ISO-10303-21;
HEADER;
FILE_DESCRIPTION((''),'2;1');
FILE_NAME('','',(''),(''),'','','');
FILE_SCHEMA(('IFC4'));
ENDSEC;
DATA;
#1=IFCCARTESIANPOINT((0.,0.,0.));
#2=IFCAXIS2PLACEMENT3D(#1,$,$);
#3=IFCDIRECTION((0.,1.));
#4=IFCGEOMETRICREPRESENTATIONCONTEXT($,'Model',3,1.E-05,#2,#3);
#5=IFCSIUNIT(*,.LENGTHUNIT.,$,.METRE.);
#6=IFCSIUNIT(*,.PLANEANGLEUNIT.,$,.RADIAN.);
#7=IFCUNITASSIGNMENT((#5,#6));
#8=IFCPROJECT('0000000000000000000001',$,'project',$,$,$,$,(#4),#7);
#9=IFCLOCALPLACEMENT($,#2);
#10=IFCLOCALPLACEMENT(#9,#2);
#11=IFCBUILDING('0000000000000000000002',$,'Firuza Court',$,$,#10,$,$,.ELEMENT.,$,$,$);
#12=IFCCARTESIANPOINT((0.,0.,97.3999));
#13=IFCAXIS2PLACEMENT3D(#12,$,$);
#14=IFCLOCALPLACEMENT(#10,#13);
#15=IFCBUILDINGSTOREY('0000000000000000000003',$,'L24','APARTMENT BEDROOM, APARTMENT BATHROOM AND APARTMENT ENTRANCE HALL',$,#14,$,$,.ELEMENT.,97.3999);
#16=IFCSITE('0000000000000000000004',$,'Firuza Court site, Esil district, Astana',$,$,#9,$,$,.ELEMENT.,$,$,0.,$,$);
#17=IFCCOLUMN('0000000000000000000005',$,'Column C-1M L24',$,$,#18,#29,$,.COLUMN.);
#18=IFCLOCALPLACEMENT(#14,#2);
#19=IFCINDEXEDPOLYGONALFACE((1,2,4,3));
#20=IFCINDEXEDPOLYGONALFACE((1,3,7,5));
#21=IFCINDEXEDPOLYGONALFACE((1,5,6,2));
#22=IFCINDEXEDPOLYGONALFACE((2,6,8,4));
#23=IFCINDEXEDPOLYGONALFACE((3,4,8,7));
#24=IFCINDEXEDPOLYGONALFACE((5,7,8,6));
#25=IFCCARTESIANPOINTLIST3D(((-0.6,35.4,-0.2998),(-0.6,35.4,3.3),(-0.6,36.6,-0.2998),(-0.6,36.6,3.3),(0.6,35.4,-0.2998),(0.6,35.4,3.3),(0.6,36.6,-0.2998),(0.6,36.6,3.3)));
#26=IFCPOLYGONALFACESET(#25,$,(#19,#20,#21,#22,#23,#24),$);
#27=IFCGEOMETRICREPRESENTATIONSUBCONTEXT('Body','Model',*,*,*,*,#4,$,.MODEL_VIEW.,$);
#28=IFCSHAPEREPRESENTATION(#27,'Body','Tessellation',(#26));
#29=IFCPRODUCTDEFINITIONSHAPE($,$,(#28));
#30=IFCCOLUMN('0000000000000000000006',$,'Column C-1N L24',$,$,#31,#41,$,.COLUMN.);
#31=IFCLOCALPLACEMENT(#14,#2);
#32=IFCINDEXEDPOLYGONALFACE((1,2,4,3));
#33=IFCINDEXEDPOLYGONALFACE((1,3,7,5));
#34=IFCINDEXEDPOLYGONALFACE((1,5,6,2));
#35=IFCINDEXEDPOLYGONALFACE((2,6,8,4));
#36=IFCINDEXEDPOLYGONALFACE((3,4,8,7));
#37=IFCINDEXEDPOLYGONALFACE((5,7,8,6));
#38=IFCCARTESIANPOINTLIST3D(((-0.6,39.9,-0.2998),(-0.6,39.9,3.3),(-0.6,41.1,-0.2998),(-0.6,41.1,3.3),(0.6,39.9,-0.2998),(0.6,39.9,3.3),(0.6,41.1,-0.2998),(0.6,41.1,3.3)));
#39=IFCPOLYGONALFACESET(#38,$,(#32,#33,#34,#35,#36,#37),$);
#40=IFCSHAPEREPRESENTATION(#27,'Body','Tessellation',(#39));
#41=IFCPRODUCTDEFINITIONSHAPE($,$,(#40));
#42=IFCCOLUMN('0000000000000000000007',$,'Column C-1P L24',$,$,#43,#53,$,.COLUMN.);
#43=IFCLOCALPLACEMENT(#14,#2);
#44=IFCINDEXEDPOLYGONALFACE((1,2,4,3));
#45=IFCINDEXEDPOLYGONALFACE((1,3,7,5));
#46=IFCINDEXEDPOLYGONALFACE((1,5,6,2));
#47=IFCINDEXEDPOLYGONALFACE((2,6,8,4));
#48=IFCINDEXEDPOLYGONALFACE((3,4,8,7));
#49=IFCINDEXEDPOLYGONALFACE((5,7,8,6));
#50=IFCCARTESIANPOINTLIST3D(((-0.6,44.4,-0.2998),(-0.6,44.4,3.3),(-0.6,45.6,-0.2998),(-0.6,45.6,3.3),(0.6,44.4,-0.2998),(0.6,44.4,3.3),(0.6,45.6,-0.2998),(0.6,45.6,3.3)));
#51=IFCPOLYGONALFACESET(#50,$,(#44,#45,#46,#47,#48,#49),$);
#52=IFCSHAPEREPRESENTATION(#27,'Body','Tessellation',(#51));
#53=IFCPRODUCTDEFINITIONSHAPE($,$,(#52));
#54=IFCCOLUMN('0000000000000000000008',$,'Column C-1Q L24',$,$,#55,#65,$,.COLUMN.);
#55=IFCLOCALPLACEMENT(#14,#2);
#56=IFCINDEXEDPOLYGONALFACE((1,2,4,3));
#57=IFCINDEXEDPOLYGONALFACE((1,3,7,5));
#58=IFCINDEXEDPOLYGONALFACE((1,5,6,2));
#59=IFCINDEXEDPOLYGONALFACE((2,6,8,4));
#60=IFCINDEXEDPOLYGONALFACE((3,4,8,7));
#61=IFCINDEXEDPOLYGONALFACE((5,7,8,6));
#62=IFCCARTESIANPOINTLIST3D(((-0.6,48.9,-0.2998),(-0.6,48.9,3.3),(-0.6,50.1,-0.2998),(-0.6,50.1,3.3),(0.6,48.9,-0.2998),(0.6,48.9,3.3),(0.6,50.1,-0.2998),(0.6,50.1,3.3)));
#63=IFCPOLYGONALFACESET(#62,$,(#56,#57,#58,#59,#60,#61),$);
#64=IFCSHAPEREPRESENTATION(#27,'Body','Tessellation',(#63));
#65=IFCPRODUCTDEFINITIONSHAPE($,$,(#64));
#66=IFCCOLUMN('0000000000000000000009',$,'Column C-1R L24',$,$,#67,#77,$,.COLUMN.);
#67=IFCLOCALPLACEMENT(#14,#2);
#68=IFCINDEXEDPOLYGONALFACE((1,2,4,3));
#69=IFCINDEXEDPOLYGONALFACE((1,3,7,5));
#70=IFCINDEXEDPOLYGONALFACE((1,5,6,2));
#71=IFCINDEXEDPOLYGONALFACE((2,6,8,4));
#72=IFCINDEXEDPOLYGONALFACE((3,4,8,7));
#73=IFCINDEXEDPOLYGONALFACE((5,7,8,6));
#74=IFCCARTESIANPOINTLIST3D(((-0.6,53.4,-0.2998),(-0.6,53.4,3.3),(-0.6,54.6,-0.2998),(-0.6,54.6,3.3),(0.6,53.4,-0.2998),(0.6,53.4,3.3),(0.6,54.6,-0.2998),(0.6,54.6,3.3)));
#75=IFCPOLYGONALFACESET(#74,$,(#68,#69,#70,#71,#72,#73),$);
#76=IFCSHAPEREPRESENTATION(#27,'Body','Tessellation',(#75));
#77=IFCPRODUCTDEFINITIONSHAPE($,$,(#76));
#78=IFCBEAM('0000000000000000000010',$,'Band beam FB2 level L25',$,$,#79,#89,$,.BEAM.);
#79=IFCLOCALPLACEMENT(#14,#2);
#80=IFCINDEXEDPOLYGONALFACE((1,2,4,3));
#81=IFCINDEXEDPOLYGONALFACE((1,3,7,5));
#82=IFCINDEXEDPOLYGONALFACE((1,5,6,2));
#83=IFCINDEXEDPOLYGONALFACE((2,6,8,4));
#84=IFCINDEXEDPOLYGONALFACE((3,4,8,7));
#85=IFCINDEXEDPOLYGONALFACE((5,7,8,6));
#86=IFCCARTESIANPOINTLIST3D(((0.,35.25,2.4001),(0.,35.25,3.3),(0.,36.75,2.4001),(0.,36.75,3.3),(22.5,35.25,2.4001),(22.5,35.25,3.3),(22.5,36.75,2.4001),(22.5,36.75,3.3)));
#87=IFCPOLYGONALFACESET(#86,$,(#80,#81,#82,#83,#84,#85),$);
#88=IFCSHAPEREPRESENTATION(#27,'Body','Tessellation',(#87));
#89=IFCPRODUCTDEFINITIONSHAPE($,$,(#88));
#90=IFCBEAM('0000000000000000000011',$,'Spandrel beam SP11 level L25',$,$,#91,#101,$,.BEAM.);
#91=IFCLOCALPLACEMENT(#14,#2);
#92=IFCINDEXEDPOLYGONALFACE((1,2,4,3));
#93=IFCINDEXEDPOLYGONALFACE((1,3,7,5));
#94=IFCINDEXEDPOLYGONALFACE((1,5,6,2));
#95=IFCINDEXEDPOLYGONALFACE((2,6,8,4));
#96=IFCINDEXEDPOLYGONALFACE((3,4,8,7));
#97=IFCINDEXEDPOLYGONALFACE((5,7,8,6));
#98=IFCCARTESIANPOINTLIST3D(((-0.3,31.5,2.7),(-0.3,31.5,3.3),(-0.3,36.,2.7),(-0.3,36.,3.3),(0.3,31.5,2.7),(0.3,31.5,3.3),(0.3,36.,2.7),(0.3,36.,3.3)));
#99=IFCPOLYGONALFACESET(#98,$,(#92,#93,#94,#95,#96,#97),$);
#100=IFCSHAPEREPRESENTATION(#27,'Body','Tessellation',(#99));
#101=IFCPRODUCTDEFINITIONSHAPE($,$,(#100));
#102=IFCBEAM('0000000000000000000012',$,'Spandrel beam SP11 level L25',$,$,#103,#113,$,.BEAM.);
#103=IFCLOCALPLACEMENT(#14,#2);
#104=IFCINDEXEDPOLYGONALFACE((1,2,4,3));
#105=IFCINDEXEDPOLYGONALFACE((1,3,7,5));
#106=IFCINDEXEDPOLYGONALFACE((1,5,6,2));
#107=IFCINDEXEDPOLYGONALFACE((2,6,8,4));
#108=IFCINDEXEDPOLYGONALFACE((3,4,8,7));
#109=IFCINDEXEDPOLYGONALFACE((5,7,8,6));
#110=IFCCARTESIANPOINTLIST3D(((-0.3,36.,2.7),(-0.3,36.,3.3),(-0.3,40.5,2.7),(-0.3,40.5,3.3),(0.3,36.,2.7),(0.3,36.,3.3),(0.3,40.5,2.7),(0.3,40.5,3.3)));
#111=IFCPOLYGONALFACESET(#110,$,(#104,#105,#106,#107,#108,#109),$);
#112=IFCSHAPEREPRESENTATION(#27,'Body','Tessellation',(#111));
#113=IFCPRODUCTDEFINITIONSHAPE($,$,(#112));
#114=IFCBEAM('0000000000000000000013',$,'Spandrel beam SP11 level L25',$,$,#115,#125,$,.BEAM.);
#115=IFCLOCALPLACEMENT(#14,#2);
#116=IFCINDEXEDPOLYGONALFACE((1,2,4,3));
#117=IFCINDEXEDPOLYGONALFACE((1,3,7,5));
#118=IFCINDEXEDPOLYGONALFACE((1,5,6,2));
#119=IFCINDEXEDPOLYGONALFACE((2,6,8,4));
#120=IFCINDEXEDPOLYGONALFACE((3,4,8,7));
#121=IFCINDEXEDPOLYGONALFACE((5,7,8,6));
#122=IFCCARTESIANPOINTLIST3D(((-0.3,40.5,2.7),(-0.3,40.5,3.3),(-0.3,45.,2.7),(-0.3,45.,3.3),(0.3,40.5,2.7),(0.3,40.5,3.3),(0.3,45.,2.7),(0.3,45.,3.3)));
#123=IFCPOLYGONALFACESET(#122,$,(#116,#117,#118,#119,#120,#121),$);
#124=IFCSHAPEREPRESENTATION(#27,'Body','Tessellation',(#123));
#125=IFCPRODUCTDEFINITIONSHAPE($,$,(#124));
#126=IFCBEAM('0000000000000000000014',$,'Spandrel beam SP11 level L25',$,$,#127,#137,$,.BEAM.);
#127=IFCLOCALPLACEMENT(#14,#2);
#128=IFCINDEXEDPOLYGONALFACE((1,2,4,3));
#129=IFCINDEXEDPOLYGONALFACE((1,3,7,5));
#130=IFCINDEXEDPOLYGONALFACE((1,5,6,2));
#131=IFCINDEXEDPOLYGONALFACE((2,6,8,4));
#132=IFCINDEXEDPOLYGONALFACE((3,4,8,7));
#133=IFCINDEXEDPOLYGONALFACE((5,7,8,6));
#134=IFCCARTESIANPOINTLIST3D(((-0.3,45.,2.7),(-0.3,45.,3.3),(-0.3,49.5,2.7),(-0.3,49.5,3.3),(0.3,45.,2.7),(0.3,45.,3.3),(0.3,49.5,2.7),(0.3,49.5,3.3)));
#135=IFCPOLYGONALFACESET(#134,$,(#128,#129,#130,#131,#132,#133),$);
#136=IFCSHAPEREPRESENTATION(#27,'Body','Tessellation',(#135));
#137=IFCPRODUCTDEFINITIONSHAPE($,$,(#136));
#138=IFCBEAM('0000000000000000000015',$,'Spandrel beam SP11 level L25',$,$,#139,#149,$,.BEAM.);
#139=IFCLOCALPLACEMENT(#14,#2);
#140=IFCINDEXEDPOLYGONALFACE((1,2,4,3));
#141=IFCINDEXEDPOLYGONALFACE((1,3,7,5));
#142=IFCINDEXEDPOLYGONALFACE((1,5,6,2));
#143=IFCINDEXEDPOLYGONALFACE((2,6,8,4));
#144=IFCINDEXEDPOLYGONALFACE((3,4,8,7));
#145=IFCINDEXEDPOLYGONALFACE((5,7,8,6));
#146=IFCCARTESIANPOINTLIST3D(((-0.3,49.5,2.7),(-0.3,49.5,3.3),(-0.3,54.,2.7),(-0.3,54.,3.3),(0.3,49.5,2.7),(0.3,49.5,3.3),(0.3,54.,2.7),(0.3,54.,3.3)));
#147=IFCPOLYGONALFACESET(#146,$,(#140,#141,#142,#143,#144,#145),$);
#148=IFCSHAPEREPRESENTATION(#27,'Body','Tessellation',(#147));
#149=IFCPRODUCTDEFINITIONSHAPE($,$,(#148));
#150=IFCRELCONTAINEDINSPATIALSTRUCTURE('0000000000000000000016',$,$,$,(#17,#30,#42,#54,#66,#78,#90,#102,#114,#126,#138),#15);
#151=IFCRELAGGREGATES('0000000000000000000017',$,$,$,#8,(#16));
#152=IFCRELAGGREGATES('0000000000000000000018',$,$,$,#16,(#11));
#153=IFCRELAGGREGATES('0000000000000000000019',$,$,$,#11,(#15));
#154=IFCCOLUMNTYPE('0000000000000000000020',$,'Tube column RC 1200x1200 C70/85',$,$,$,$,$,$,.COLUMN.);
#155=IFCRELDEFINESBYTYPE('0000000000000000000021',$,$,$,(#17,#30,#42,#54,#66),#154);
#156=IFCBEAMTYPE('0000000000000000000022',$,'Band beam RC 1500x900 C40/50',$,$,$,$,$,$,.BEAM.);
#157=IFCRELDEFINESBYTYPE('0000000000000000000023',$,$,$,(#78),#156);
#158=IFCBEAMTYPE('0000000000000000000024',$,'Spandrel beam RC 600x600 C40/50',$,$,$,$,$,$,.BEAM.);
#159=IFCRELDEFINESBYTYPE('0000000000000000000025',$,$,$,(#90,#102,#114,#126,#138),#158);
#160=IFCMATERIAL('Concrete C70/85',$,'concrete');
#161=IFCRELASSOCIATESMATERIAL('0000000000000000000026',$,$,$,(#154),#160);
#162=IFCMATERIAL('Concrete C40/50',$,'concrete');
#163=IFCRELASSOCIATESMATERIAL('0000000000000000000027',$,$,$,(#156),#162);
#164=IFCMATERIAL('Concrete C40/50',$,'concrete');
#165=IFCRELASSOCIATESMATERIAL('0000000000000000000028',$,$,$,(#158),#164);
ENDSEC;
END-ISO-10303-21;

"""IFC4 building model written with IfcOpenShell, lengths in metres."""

from ifc_helpers import new_model, si_unit, direction, frame, origin, origin_2d, place, context, subcontext, project, spatial, rectangle, extrude, material, material_profile, profile_set, type_object, element, save


model = new_model("IFC4")

# Units and contexts
model_context = context("Model", 3, precision=1e-05, world=origin(), true_north=direction((0.0, 1.0)))
body_context = subcontext(model_context, "Body", "Model", "MODEL_VIEW")
ifc_project = project(units=[si_unit("LENGTHUNIT", "METRE"), si_unit("PLANEANGLEUNIT", "RADIAN")], contexts=[model_context])

# Site, building, storey
site_placement = place(None, origin())
site = spatial("IfcSite", under=ifc_project, at=site_placement, Name="Firuza Court site, Esil district, Astana", CompositionType="ELEMENT", RefElevation=0.0)
building_placement = place(site_placement, origin())
building = spatial("IfcBuilding", under=site, at=building_placement, Name="Firuza Court", CompositionType="ELEMENT")
storey_placement = place(building_placement, frame((0.0, 0.0, 97.3999)))
storey = spatial("IfcBuildingStorey", under=building, at=storey_placement, Name="L24", Description="APARTMENT BEDROOM, APARTMENT BATHROOM AND APARTMENT ENTRANCE HALL", CompositionType="ELEMENT", Elevation=97.3999)

# Columns
ifc_material_1 = material(Name="Concrete C70/85", Category="concrete")
ifc_material_profile_1 = material_profile(ifc_material_1, rectangle(XDim=1.2, YDim=1.2, at=origin_2d()), Name="RC 1200x1200")
ifc_profile_set_1 = profile_set([ifc_material_profile_1], Name="Concrete C70/85")
column_type = type_object("IfcColumnType", Name="Tube column RC 1200x1200 C70/85", PredefinedType="COLUMN", material=ifc_profile_set_1)
for number, where, z_axis, x_axis, name in (
    (1, (0.0, 36.0, -0.2998), (0.0, 0.0, 1.0), (1.0, 0.0, 0.0), "Column C-1M L24"),
    (2, (0.0, 40.5, -0.2998), (0.0, 0.0, 1.0), (1.0, 0.0, 0.0), "Column C-1N L24"),
    (3, (0.0, 45.0, -0.2998), (0.0, 0.0, 1.0), (1.0, 0.0, 0.0), "Column C-1P L24"),
    (4, (0.0, 49.5, -0.2998), (0.0, 0.0, 1.0), (1.0, 0.0, 0.0), "Column C-1Q L24"),
    (5, (0.0, 54.0, -0.2998), (0.0, 0.0, 1.0), (1.0, 0.0, 0.0), "Column C-1R L24"),
):
    element("IfcColumn", number, at=place(storey_placement, frame(where, z_axis=z_axis, x_axis=x_axis)), inside=storey, type_object=column_type, Name=name, PredefinedType="COLUMN", context=body_context, shape_type="SweptSolid", body=[
        extrude(rectangle(XDim=1.2, YDim=1.2, at=origin_2d()), origin(), (0.0, 0.0, 1.0), 3.5999),
    ])

# Beams
ifc_material_2 = material(Name="Concrete C40/50", Category="concrete")
ifc_material_profile_2 = material_profile(ifc_material_2, rectangle(XDim=1.5, YDim=0.8999, at=origin_2d()), Name="RC 1500x900")
ifc_profile_set_2 = profile_set([ifc_material_profile_2], Name="Concrete C40/50")
beam_type_1 = type_object("IfcBeamType", Name="Band beam RC 1500x900 C40/50", PredefinedType="BEAM", material=ifc_profile_set_2)
beam_placement = place(storey_placement, frame((0.0, 36.0, 2.8501), z_axis=(1.0, 0.0, 0.0), x_axis=(0.0, 1.0, 0.0)))
element("IfcBeam", 6, at=beam_placement, inside=storey, type_object=beam_type_1, Name="Band beam FB2 level L25", PredefinedType="BEAM", context=body_context, shape_type="SweptSolid", body=[
    extrude(rectangle(XDim=1.5, YDim=0.8999, at=origin_2d()), origin(), (0.0, 0.0, 1.0), 22.5),
])
ifc_material_3 = material(Name="Concrete C40/50", Category="concrete")
ifc_material_profile_3 = material_profile(ifc_material_3, rectangle(XDim=0.6001, YDim=0.6001, at=origin_2d()), Name="RC 600x600")
ifc_profile_set_3 = profile_set([ifc_material_profile_3], Name="Concrete C40/50")
beam_type_2 = type_object("IfcBeamType", Name="Spandrel beam RC 600x600 C40/50", PredefinedType="BEAM", material=ifc_profile_set_3)
for number, where, z_axis, x_axis, name in (
    (7, (0.0, 36.0, 3.0), (0.0, -1.0, 0.0), (1.0, 0.0, 0.0), "Spandrel beam SP11 level L25"),
    (8, (0.0, 40.5, 3.0), (0.0, -1.0, 0.0), (1.0, 0.0, 0.0), "Spandrel beam SP11 level L25"),
    (9, (0.0, 45.0, 3.0), (0.0, -1.0, 0.0), (1.0, 0.0, 0.0), "Spandrel beam SP11 level L25"),
    (10, (0.0, 49.5, 3.0), (0.0, -1.0, 0.0), (1.0, 0.0, 0.0), "Spandrel beam SP11 level L25"),
    (11, (0.0, 54.0, 3.0), (0.0, -1.0, 0.0), (1.0, 0.0, 0.0), "Spandrel beam SP11 level L25"),
):
    element("IfcBeam", number, at=place(storey_placement, frame(where, z_axis=z_axis, x_axis=x_axis)), inside=storey, type_object=beam_type_2, Name=name, PredefinedType="BEAM", context=body_context, shape_type="SweptSolid", body=[
        extrude(rectangle(XDim=0.6001, YDim=0.6001, at=origin_2d()), origin(), (0.0, 0.0, 1.0), 4.5),
    ])

save(model, "model.ifc")
